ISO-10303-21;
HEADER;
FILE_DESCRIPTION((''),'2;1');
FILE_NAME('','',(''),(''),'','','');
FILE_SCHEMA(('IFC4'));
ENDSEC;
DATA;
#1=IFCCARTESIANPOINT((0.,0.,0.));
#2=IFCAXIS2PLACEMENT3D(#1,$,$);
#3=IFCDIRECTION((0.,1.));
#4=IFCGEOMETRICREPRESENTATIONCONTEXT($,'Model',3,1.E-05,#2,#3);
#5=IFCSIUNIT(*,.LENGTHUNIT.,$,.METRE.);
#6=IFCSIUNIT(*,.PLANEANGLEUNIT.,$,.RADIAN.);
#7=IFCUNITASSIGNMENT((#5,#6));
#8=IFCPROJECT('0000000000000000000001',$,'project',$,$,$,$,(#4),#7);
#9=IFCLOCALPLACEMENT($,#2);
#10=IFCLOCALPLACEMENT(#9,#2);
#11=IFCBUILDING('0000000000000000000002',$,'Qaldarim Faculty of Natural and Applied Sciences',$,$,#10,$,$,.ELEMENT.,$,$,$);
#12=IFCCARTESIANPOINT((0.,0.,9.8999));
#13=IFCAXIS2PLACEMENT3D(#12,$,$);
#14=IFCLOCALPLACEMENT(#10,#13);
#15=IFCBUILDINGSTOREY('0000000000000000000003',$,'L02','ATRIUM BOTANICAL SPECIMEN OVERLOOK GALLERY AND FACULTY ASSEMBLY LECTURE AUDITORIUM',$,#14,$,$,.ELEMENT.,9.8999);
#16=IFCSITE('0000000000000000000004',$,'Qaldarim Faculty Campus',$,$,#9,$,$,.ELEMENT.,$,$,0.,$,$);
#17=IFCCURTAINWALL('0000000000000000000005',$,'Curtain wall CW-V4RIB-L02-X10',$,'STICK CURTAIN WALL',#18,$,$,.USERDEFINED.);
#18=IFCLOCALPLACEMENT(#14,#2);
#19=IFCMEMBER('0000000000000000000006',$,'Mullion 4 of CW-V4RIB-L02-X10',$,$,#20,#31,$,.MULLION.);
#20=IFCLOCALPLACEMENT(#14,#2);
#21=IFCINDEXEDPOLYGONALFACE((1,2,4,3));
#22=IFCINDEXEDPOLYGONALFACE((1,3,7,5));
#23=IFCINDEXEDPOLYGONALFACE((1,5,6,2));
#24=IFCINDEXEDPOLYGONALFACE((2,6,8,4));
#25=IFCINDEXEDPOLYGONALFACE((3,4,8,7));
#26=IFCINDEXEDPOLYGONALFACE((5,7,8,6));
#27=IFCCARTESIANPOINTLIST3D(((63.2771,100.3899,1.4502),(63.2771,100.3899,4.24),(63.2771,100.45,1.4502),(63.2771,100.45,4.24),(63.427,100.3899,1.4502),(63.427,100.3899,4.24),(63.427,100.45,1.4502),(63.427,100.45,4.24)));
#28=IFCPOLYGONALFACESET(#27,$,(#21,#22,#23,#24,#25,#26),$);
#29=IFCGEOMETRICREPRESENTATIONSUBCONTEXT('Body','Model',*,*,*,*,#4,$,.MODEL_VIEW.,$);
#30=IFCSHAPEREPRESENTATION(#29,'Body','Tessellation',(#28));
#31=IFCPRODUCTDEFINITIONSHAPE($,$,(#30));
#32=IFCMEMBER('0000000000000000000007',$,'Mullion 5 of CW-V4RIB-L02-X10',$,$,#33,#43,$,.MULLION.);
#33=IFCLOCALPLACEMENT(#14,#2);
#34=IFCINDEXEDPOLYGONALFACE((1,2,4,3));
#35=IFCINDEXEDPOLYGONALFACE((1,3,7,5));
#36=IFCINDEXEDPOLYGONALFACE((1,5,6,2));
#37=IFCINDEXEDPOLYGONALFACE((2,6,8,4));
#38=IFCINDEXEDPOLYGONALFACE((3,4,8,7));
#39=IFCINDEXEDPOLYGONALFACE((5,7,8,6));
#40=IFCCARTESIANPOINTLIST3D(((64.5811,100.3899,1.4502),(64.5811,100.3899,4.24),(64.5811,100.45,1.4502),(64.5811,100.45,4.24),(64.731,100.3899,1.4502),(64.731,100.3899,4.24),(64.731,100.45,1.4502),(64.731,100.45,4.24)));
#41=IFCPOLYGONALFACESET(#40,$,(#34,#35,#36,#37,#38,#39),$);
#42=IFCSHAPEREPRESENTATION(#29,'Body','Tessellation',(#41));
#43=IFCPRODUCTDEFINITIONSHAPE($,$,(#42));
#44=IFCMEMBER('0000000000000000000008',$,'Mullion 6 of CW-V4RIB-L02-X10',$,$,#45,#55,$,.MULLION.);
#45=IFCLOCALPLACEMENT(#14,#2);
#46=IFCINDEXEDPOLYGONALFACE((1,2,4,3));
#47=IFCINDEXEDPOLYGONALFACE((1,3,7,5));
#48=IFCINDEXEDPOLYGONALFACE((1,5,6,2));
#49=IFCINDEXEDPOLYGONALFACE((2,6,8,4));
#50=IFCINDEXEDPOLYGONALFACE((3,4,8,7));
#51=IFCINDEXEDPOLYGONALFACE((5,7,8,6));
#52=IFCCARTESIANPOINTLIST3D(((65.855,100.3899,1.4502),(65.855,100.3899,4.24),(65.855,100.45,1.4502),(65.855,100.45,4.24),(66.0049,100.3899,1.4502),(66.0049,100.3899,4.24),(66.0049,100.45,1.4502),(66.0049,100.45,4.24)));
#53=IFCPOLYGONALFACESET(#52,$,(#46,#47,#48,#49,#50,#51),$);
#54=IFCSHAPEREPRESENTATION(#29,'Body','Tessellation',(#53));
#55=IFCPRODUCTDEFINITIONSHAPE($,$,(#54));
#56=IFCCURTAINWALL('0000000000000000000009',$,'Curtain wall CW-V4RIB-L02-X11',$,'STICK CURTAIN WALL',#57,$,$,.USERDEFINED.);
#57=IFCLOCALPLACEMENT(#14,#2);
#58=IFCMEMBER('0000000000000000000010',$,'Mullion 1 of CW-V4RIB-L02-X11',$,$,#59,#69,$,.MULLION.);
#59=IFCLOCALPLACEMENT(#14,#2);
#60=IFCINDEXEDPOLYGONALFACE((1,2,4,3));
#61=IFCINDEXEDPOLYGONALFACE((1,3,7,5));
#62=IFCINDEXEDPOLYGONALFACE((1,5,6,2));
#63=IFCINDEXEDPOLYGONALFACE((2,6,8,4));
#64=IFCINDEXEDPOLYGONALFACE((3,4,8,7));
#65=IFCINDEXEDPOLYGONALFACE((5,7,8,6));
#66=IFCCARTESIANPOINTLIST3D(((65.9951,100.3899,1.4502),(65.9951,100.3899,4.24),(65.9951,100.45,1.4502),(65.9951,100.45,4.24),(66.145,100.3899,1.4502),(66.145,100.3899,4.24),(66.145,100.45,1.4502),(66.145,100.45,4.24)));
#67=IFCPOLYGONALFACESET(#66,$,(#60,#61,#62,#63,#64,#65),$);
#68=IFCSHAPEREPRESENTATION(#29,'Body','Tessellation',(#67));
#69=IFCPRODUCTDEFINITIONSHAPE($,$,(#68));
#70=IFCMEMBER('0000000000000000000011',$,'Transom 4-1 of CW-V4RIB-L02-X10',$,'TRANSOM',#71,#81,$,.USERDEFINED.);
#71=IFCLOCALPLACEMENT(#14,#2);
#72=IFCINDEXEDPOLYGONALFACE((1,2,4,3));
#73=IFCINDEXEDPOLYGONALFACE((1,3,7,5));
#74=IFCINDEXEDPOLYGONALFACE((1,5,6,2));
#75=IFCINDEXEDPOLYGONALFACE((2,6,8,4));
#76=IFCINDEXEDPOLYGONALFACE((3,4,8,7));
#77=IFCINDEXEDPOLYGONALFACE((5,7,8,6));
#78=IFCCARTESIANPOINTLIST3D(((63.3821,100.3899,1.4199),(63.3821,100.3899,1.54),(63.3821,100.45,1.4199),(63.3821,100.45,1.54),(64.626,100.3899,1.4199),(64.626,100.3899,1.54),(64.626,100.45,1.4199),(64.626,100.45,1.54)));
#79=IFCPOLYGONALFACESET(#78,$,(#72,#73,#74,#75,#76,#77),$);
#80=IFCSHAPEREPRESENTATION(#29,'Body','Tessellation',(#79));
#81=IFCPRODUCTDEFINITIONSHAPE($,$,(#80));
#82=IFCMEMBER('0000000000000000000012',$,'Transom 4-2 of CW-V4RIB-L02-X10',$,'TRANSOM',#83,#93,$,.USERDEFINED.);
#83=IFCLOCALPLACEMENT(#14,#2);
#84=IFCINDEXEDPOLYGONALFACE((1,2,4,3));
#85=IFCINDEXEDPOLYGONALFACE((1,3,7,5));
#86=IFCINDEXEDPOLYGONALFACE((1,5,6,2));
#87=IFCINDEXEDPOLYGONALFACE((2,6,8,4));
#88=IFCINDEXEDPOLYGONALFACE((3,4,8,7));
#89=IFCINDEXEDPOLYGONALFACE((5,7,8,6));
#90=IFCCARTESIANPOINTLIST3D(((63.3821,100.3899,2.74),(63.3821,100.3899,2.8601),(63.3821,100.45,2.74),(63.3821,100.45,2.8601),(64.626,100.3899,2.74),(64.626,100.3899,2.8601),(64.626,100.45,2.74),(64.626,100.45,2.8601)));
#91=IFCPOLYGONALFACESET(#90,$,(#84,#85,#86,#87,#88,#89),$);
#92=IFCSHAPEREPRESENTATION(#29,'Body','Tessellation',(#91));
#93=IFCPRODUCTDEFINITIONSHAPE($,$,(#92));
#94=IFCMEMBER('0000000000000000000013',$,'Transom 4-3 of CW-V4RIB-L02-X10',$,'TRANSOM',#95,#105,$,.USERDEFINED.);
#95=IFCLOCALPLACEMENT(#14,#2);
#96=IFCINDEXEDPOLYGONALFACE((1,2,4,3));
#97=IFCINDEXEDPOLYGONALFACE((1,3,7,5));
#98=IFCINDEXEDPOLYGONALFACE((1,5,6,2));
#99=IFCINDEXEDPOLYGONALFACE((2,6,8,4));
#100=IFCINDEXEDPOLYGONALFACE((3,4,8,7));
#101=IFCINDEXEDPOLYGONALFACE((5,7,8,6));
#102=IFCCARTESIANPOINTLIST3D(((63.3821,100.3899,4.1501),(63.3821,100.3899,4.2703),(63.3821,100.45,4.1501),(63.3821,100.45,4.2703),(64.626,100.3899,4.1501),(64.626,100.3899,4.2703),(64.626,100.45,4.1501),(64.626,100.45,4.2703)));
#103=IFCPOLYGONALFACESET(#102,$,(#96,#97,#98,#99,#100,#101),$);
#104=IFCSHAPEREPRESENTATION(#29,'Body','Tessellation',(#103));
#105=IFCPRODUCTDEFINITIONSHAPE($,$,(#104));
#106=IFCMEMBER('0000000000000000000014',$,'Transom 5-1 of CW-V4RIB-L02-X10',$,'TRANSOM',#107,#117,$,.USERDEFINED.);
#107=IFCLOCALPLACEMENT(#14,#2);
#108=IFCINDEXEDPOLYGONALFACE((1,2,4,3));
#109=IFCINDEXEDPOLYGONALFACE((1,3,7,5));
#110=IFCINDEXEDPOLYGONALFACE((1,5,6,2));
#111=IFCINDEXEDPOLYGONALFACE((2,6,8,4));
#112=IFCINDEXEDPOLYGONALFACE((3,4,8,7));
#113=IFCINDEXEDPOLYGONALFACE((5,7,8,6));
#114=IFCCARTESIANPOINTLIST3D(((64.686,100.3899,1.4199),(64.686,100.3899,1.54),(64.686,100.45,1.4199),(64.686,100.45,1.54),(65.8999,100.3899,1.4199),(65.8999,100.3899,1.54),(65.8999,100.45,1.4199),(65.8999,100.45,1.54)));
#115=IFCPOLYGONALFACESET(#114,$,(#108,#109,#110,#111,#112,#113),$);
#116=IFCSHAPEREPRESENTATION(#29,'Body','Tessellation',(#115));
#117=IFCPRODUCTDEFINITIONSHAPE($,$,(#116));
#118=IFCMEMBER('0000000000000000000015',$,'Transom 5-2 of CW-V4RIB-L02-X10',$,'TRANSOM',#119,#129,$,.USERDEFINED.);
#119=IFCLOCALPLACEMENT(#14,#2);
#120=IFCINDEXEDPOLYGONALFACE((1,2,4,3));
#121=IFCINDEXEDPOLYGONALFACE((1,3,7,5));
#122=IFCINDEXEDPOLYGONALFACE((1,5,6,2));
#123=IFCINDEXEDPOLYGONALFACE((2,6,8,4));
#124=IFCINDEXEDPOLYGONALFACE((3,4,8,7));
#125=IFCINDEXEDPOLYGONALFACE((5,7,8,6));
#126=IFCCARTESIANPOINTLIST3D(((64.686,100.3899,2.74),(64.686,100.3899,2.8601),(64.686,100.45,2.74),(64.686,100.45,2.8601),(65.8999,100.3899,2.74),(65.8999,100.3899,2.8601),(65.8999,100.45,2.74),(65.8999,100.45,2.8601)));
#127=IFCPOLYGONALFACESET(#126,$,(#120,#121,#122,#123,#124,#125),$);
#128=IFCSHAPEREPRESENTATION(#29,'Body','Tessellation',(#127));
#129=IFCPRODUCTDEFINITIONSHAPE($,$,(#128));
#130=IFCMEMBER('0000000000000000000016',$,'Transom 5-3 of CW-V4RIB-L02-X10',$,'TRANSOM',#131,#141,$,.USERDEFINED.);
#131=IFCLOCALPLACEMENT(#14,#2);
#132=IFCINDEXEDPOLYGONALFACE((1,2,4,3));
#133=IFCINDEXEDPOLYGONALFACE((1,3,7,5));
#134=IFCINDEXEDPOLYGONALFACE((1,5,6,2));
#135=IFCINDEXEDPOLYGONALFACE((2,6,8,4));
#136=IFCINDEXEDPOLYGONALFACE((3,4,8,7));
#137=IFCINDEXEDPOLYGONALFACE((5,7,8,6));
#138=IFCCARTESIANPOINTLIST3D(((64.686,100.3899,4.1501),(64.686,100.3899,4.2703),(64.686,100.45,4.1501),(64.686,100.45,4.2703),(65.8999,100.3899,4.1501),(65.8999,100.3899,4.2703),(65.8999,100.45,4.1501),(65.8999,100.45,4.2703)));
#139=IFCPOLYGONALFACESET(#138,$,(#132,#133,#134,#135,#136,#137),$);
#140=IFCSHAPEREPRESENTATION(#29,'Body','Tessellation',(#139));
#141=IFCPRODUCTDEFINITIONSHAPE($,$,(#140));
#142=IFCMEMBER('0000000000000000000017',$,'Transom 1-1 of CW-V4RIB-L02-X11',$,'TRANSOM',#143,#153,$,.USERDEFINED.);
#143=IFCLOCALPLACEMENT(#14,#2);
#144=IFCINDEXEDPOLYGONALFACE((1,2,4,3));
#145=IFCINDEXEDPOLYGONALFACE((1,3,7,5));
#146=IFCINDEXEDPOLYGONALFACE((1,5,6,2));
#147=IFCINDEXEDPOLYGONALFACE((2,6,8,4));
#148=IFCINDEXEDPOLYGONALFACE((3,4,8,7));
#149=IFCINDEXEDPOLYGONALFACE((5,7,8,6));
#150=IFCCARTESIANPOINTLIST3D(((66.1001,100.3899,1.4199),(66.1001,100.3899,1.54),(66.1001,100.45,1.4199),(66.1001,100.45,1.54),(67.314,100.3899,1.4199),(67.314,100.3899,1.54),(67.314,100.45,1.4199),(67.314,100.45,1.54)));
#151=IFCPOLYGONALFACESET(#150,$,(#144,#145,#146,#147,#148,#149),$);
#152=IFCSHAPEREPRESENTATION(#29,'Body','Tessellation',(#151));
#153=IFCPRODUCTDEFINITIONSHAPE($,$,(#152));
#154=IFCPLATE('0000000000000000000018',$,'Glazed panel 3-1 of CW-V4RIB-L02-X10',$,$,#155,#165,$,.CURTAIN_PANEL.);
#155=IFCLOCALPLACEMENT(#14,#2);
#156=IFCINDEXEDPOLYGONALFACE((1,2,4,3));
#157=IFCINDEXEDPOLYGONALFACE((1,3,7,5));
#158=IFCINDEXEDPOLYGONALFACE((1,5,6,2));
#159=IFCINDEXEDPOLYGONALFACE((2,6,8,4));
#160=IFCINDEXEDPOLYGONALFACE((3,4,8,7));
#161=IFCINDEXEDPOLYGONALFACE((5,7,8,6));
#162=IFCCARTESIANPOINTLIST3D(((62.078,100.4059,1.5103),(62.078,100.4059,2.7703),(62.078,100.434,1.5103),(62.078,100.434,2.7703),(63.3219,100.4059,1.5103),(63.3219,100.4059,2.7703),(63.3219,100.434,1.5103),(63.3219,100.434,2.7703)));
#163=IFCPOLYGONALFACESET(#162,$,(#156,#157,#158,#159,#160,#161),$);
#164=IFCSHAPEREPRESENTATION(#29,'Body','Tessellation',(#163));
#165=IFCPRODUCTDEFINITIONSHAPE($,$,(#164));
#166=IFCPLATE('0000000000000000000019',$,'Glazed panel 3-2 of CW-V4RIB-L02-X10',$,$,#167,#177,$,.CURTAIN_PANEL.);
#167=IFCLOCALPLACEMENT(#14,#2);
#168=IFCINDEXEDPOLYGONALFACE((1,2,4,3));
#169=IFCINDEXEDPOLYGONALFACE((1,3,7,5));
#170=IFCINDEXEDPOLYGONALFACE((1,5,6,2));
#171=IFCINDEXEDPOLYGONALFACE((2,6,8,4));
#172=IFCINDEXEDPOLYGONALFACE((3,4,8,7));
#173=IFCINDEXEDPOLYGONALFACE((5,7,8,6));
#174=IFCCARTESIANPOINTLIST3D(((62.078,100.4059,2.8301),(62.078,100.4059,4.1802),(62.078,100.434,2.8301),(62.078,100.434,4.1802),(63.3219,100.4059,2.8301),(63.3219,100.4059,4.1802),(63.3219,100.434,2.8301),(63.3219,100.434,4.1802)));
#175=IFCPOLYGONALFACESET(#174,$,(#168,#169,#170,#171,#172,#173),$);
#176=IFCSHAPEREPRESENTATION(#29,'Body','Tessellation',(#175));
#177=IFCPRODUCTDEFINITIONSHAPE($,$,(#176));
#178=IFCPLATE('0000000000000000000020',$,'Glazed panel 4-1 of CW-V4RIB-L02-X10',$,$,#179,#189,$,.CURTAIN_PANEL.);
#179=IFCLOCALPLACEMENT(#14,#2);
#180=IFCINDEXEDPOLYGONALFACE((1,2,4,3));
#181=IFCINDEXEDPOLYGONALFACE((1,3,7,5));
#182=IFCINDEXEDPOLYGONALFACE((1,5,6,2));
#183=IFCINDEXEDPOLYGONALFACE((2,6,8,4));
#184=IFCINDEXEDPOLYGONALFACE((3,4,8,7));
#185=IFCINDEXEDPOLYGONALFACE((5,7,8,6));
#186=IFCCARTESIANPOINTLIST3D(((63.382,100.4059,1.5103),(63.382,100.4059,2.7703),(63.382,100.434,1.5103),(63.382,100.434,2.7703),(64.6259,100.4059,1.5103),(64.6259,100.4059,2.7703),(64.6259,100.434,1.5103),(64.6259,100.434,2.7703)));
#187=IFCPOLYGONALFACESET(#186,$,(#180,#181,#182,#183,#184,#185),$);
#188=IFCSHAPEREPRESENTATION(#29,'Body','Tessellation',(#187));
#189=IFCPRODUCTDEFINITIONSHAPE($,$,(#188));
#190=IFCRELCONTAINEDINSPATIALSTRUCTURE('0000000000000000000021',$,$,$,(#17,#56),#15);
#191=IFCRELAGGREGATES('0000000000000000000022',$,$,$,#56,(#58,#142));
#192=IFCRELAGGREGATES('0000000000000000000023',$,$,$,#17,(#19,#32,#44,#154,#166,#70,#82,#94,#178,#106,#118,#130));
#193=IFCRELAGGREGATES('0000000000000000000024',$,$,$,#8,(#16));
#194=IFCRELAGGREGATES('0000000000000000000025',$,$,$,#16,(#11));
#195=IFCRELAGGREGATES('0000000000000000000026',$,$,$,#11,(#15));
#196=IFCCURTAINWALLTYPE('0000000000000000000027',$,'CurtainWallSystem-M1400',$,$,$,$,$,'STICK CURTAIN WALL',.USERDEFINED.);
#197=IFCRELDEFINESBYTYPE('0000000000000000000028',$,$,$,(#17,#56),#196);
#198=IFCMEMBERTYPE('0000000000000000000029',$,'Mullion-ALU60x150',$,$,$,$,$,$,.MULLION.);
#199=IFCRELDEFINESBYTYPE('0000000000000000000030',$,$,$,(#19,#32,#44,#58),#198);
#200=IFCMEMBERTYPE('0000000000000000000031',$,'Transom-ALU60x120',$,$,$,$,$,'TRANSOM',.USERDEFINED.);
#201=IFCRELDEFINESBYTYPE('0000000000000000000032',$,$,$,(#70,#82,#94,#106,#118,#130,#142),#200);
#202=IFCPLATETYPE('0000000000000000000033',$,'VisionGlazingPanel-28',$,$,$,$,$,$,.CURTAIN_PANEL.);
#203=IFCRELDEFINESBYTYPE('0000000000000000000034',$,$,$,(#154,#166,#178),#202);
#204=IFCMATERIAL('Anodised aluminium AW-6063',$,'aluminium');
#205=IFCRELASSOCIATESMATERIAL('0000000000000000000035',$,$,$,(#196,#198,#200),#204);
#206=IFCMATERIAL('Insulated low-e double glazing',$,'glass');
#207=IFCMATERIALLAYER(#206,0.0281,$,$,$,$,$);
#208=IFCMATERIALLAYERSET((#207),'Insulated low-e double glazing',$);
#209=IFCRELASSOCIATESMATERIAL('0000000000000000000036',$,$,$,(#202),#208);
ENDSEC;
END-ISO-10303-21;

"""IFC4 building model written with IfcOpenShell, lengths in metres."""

from ifc_helpers import new_model, si_unit, direction, frame, origin, origin_2d, place, context, subcontext, project, spatial, rectangle, extrude, material, layer, layer_set, material_profile, profile_set, type_object, element, aggregate, save


model = new_model("IFC4")

# Units and contexts
model_context = context("Model", 3, precision=1e-05, world=origin(), true_north=direction((0.0, 1.0)))
body_context = subcontext(model_context, "Body", "Model", "MODEL_VIEW")
ifc_project = project(units=[si_unit("LENGTHUNIT", "METRE"), si_unit("PLANEANGLEUNIT", "RADIAN")], contexts=[model_context])

# Site, building, storey
site_placement = place(None, origin())
site = spatial("IfcSite", under=ifc_project, at=site_placement, Name="Qaldarim Faculty Campus", CompositionType="ELEMENT", RefElevation=0.0)
building_placement = place(site_placement, origin())
building = spatial("IfcBuilding", under=site, at=building_placement, Name="Qaldarim Faculty of Natural and Applied Sciences", CompositionType="ELEMENT")
storey_placement = place(building_placement, frame((0.0, 0.0, 9.8999)))
storey = spatial("IfcBuildingStorey", under=building, at=storey_placement, Name="L02", Description="ATRIUM BOTANICAL SPECIMEN OVERLOOK GALLERY AND FACULTY ASSEMBLY LECTURE AUDITORIUM", CompositionType="ELEMENT", Elevation=9.8999)

# Curtain wall, members
ifc_material_1 = material(Name="Anodised aluminium AW-6063", Category="aluminium")
curtain_wall_type = type_object("IfcCurtainWallType", Name="CurtainWallSystem-M1400", ElementType="STICK CURTAIN WALL", PredefinedType="USERDEFINED", material=ifc_material_1)
curtain_wall_1_placement = place(storey_placement, origin())
curtain_wall_1 = element("IfcCurtainWall", 1, at=curtain_wall_1_placement, inside=storey, type_object=curtain_wall_type, Name="Curtain wall CW-V4RIB-L02-X10", ObjectType="STICK CURTAIN WALL", PredefinedType="USERDEFINED")
ifc_material_profile_1 = material_profile(ifc_material_1, rectangle(XDim=0.0601, YDim=0.1499, at=origin_2d()), Name="ALU-M60x150")
ifc_profile_set_1 = profile_set([ifc_material_profile_1], Name="Anodised aluminium AW-6063")
member_type_1 = type_object("IfcMemberType", Name="Mullion-ALU60x150", PredefinedType="MULLION", material=ifc_profile_set_1)
member_1_placement = place(storey_placement, frame((63.3521, 100.4199, 1.4502), z_axis=(0.0, 0.0, 1.0), x_axis=(0.0, 1.0, 0.0)))
member_1 = element("IfcMember", 2, at=member_1_placement, type_object=member_type_1, Name="Mullion 4 of CW-V4RIB-L02-X10", PredefinedType="MULLION", context=body_context, shape_type="SweptSolid", body=[
    extrude(rectangle(XDim=0.0601, YDim=0.1499, at=origin_2d()), origin(), (0.0, 0.0, 1.0), 2.7898),
])
member_2_placement = place(storey_placement, frame((64.656, 100.4199, 1.4502), z_axis=(0.0, 0.0, 1.0), x_axis=(0.0, 1.0, 0.0)))
member_2 = element("IfcMember", 3, at=member_2_placement, type_object=member_type_1, Name="Mullion 5 of CW-V4RIB-L02-X10", PredefinedType="MULLION", context=body_context, shape_type="SweptSolid", body=[
    extrude(rectangle(XDim=0.0601, YDim=0.1499, at=origin_2d()), origin(), (0.0, 0.0, 1.0), 2.7898),
])
member_3_placement = place(storey_placement, frame((65.9299, 100.4199, 1.4502), z_axis=(0.0, 0.0, 1.0), x_axis=(0.0, 1.0, 0.0)))
member_3 = element("IfcMember", 4, at=member_3_placement, type_object=member_type_1, Name="Mullion 6 of CW-V4RIB-L02-X10", PredefinedType="MULLION", context=body_context, shape_type="SweptSolid", body=[
    extrude(rectangle(XDim=0.0601, YDim=0.1499, at=origin_2d()), origin(), (0.0, 0.0, 1.0), 2.7898),
])

# Curtain wall, member
curtain_wall_2_placement = place(storey_placement, origin())
curtain_wall_2 = element("IfcCurtainWall", 5, at=curtain_wall_2_placement, inside=storey, type_object=curtain_wall_type, Name="Curtain wall CW-V4RIB-L02-X11", ObjectType="STICK CURTAIN WALL", PredefinedType="USERDEFINED")
member_4_placement = place(storey_placement, frame((66.0701, 100.4199, 1.4502), z_axis=(0.0, 0.0, 1.0), x_axis=(0.0, 1.0, 0.0)))
member_4 = element("IfcMember", 6, at=member_4_placement, type_object=member_type_1, Name="Mullion 1 of CW-V4RIB-L02-X11", PredefinedType="MULLION", context=body_context, shape_type="SweptSolid", body=[
    extrude(rectangle(XDim=0.0601, YDim=0.1499, at=origin_2d()), origin(), (0.0, 0.0, 1.0), 2.7898),
])

# Members
ifc_material_profile_2 = material_profile(ifc_material_1, rectangle(XDim=0.0601, YDim=0.1201, at=origin_2d()), Name="ALU-T60x120")
ifc_profile_set_2 = profile_set([ifc_material_profile_2], Name="Anodised aluminium AW-6063")
member_type_2 = type_object("IfcMemberType", Name="Transom-ALU60x120", ElementType="TRANSOM", PredefinedType="USERDEFINED", material=ifc_profile_set_2)
member_5_placement = place(storey_placement, frame((63.3821, 100.4199, 1.48), z_axis=(1.0, 0.0, 0.0), x_axis=(0.0, 1.0, 0.0)))
member_5 = element("IfcMember", 7, at=member_5_placement, type_object=member_type_2, Name="Transom 4-1 of CW-V4RIB-L02-X10", ObjectType="TRANSOM", PredefinedType="USERDEFINED", context=body_context, shape_type="SweptSolid", body=[
    extrude(rectangle(XDim=0.0601, YDim=0.1201, at=origin_2d()), origin(), (0.0, 0.0, 1.0), 1.2439),
])
member_6_placement = place(storey_placement, frame((63.3821, 100.4199, 2.8), z_axis=(1.0, 0.0, 0.0), x_axis=(0.0, 1.0, 0.0)))
member_6 = element("IfcMember", 8, at=member_6_placement, type_object=member_type_2, Name="Transom 4-2 of CW-V4RIB-L02-X10", ObjectType="TRANSOM", PredefinedType="USERDEFINED", context=body_context, shape_type="SweptSolid", body=[
    extrude(rectangle(XDim=0.0601, YDim=0.1201, at=origin_2d()), origin(), (0.0, 0.0, 1.0), 1.2439),
])
member_7_placement = place(storey_placement, frame((63.3821, 100.4199, 4.2102), z_axis=(1.0, 0.0, 0.0), x_axis=(0.0, 1.0, 0.0)))
member_7 = element("IfcMember", 9, at=member_7_placement, type_object=member_type_2, Name="Transom 4-3 of CW-V4RIB-L02-X10", ObjectType="TRANSOM", PredefinedType="USERDEFINED", context=body_context, shape_type="SweptSolid", body=[
    extrude(rectangle(XDim=0.0601, YDim=0.1201, at=origin_2d()), origin(), (0.0, 0.0, 1.0), 1.2439),
])
member_8_placement = place(storey_placement, frame((64.686, 100.4199, 1.48), z_axis=(1.0, 0.0, 0.0), x_axis=(0.0, 1.0, 0.0)))
member_8 = element("IfcMember", 10, at=member_8_placement, type_object=member_type_2, Name="Transom 5-1 of CW-V4RIB-L02-X10", ObjectType="TRANSOM", PredefinedType="USERDEFINED", context=body_context, shape_type="SweptSolid", body=[
    extrude(rectangle(XDim=0.0601, YDim=0.1201, at=origin_2d()), origin(), (0.0, 0.0, 1.0), 1.2139),
])
member_9_placement = place(storey_placement, frame((64.686, 100.4199, 2.8), z_axis=(1.0, 0.0, 0.0), x_axis=(0.0, 1.0, 0.0)))
member_9 = element("IfcMember", 11, at=member_9_placement, type_object=member_type_2, Name="Transom 5-2 of CW-V4RIB-L02-X10", ObjectType="TRANSOM", PredefinedType="USERDEFINED", context=body_context, shape_type="SweptSolid", body=[
    extrude(rectangle(XDim=0.0601, YDim=0.1201, at=origin_2d()), origin(), (0.0, 0.0, 1.0), 1.2139),
])
member_10_placement = place(storey_placement, frame((64.686, 100.4199, 4.2102), z_axis=(1.0, 0.0, 0.0), x_axis=(0.0, 1.0, 0.0)))
member_10 = element("IfcMember", 12, at=member_10_placement, type_object=member_type_2, Name="Transom 5-3 of CW-V4RIB-L02-X10", ObjectType="TRANSOM", PredefinedType="USERDEFINED", context=body_context, shape_type="SweptSolid", body=[
    extrude(rectangle(XDim=0.0601, YDim=0.1201, at=origin_2d()), origin(), (0.0, 0.0, 1.0), 1.2139),
])
member_11_placement = place(storey_placement, frame((66.1001, 100.4199, 1.48), z_axis=(1.0, 0.0, 0.0), x_axis=(0.0, 1.0, 0.0)))
member_11 = element("IfcMember", 13, at=member_11_placement, type_object=member_type_2, Name="Transom 1-1 of CW-V4RIB-L02-X11", ObjectType="TRANSOM", PredefinedType="USERDEFINED", context=body_context, shape_type="SweptSolid", body=[
    extrude(rectangle(XDim=0.0601, YDim=0.1201, at=origin_2d()), origin(), (0.0, 0.0, 1.0), 1.2139),
])
aggregate(curtain_wall_2, [member_4, member_11])

# Plates
ifc_material_2 = material(Name="Insulated low-e double glazing", Category="glass")
ifc_layer_1 = layer(ifc_material_2, 0.0281)
ifc_layer_set_1 = layer_set([ifc_layer_1], Name="Insulated low-e double glazing")
plate_type = type_object("IfcPlateType", Name="VisionGlazingPanel-28", PredefinedType="CURTAIN_PANEL", material=ifc_layer_set_1)
plate_1_placement = place(storey_placement, frame((62.7, 100.4199, 1.5103), z_axis=(0.0, 0.0, 1.0), x_axis=(1.0, 0.0, 0.0)))
plate_1 = element("IfcPlate", 14, at=plate_1_placement, type_object=plate_type, Name="Glazed panel 3-1 of CW-V4RIB-L02-X10", PredefinedType="CURTAIN_PANEL", context=body_context, shape_type="SweptSolid", body=[
    extrude(rectangle(XDim=1.2439, YDim=0.0281, at=origin_2d()), origin(), (0.0, 0.0, 1.0), 1.26),
])
plate_2_placement = place(storey_placement, frame((62.7, 100.4199, 2.8301), z_axis=(0.0, 0.0, 1.0), x_axis=(1.0, 0.0, 0.0)))
plate_2 = element("IfcPlate", 15, at=plate_2_placement, type_object=plate_type, Name="Glazed panel 3-2 of CW-V4RIB-L02-X10", PredefinedType="CURTAIN_PANEL", context=body_context, shape_type="SweptSolid", body=[
    extrude(rectangle(XDim=1.2439, YDim=0.0281, at=origin_2d()), origin(), (0.0, 0.0, 1.0), 1.3501),
])
plate_3_placement = place(storey_placement, frame((64.0039, 100.4199, 1.5103), z_axis=(0.0, 0.0, 1.0), x_axis=(1.0, 0.0, 0.0)))
plate_3 = element("IfcPlate", 16, at=plate_3_placement, type_object=plate_type, Name="Glazed panel 4-1 of CW-V4RIB-L02-X10", PredefinedType="CURTAIN_PANEL", context=body_context, shape_type="SweptSolid", body=[
    extrude(rectangle(XDim=1.2439, YDim=0.0281, at=origin_2d()), origin(), (0.0, 0.0, 1.0), 1.26),
])
aggregate(curtain_wall_1, [member_1, member_2, member_3, plate_1, plate_2, member_5, member_6, member_7, plate_3, member_8, member_9, member_10])

save(model, "model.ifc")
